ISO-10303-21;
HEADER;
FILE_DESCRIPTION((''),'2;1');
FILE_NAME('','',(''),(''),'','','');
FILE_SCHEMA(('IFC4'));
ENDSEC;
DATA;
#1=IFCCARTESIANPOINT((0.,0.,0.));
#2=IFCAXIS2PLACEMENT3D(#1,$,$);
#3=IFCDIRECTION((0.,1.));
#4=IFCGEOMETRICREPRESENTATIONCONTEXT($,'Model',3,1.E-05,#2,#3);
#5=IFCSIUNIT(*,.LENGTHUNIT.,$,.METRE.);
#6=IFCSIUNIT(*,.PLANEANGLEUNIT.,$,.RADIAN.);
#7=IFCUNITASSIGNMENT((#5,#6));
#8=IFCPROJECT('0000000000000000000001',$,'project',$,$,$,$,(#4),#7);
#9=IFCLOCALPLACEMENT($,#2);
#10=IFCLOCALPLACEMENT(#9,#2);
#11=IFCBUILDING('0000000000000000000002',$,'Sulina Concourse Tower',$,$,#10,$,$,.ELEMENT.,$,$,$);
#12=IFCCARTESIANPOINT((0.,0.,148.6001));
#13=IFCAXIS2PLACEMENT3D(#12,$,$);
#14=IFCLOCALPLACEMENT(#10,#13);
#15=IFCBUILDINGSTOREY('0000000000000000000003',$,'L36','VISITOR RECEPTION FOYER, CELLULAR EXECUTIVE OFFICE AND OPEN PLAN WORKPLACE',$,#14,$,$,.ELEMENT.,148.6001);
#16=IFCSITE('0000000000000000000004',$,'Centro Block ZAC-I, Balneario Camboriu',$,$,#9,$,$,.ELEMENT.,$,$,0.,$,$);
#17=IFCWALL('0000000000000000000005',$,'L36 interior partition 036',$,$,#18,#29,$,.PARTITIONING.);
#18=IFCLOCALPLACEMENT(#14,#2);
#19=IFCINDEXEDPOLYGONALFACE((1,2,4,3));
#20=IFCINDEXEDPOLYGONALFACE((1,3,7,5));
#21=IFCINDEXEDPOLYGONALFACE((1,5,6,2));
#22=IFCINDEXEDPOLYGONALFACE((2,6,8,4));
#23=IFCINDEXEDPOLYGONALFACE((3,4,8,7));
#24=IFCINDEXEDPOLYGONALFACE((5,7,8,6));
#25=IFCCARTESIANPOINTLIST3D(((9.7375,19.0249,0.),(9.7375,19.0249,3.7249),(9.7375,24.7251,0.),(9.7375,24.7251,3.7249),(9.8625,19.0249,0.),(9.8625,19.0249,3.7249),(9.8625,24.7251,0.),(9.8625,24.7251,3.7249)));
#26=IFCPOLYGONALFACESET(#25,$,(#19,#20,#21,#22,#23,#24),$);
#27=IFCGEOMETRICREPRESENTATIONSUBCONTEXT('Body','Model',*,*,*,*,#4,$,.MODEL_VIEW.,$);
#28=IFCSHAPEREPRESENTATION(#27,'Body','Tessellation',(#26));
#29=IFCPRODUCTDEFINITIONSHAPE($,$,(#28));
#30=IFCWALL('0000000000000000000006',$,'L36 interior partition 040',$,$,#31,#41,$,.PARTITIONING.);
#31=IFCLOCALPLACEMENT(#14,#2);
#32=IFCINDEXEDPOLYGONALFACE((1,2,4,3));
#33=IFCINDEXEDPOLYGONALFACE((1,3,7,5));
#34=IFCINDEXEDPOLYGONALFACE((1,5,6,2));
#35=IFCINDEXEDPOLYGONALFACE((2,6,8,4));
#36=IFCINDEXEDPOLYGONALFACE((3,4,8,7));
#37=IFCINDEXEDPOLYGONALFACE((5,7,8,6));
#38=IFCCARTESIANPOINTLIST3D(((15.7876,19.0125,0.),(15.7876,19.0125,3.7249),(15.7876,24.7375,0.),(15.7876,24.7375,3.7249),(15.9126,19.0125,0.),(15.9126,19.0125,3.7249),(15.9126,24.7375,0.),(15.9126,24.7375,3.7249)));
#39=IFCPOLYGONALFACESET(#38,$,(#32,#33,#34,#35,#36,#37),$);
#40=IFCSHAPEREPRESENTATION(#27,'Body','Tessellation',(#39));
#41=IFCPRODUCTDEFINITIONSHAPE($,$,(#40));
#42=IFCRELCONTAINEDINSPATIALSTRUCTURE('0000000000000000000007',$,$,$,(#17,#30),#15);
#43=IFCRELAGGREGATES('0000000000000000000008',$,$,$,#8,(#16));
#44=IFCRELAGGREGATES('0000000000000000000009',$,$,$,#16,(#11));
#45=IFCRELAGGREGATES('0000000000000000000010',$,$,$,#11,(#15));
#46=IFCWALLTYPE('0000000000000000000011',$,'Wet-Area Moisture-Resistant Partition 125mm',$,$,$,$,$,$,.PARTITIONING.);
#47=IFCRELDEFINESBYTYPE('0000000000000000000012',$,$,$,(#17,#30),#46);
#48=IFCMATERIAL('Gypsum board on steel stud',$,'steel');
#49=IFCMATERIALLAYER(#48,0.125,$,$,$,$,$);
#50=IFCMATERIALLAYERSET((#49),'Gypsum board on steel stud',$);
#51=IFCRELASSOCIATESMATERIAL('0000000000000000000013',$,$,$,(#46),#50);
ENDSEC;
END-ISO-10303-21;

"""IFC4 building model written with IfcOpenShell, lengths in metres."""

from ifc_helpers import new_model, si_unit, direction, frame, frame_2d, origin, place, context, subcontext, project, spatial, rectangle, extrude, material, layer, layer_set, type_object, element, save


model = new_model("IFC4")

# Units and contexts
model_context = context("Model", 3, precision=1e-05, world=origin(), true_north=direction((0.0, 1.0)))
body_context = subcontext(model_context, "Body", "Model", "MODEL_VIEW")
ifc_project = project(units=[si_unit("LENGTHUNIT", "METRE"), si_unit("PLANEANGLEUNIT", "RADIAN")], contexts=[model_context])

# Site, building, storey
site_placement = place(None, origin())
site = spatial("IfcSite", under=ifc_project, at=site_placement, Name="Centro Block ZAC-I, Balneario Camboriu", CompositionType="ELEMENT", RefElevation=0.0)
building_placement = place(site_placement, origin())
building = spatial("IfcBuilding", under=site, at=building_placement, Name="Sulina Concourse Tower", CompositionType="ELEMENT")
storey_placement = place(building_placement, frame((0.0, 0.0, 148.6001)))
storey = spatial("IfcBuildingStorey", under=building, at=storey_placement, Name="L36", Description="VISITOR RECEPTION FOYER, CELLULAR EXECUTIVE OFFICE AND OPEN PLAN WORKPLACE", CompositionType="ELEMENT", Elevation=148.6001)

# Shared definitions
ifc_material_1 = material(Name="Gypsum board on steel stud", Category="steel")
ifc_layer_1 = layer(ifc_material_1, 0.125)
ifc_layer_set_1 = layer_set([ifc_layer_1], Name="Gypsum board on steel stud")
wall_type_1 = type_object("IfcWallType", Name="Wet-Area Moisture-Resistant Partition 125mm", PredefinedType="PARTITIONING", material=ifc_layer_set_1)

# Walls
wall_1_placement = place(storey_placement, frame((9.8, 19.0249, 0.0), z_axis=(0.0, 0.0, 1.0), x_axis=(0.0, 1.0, 0.0)))
element("IfcWall", 1, at=wall_1_placement, inside=storey, type_object=wall_type_1, Name="L36 interior partition 036", PredefinedType="PARTITIONING", context=body_context, shape_type="SweptSolid", body=[
    extrude(rectangle(XDim=5.7002, YDim=0.125, at=frame_2d((2.8501, 0.0))), origin(), (0.0, 0.0, 1.0), 3.7249),
])
wall_2_placement = place(storey_placement, frame((15.8501, 19.0125, 0.0), z_axis=(0.0, 0.0, 1.0), x_axis=(0.0, 1.0, 0.0)))
element("IfcWall", 2, at=wall_2_placement, inside=storey, type_object=wall_type_1, Name="L36 interior partition 040", PredefinedType="PARTITIONING", context=body_context, shape_type="SweptSolid", body=[
    extrude(rectangle(XDim=5.7251, YDim=0.125, at=frame_2d((2.8625, 0.0))), origin(), (0.0, 0.0, 1.0), 3.7249),
])

save(model, "model.ifc")
